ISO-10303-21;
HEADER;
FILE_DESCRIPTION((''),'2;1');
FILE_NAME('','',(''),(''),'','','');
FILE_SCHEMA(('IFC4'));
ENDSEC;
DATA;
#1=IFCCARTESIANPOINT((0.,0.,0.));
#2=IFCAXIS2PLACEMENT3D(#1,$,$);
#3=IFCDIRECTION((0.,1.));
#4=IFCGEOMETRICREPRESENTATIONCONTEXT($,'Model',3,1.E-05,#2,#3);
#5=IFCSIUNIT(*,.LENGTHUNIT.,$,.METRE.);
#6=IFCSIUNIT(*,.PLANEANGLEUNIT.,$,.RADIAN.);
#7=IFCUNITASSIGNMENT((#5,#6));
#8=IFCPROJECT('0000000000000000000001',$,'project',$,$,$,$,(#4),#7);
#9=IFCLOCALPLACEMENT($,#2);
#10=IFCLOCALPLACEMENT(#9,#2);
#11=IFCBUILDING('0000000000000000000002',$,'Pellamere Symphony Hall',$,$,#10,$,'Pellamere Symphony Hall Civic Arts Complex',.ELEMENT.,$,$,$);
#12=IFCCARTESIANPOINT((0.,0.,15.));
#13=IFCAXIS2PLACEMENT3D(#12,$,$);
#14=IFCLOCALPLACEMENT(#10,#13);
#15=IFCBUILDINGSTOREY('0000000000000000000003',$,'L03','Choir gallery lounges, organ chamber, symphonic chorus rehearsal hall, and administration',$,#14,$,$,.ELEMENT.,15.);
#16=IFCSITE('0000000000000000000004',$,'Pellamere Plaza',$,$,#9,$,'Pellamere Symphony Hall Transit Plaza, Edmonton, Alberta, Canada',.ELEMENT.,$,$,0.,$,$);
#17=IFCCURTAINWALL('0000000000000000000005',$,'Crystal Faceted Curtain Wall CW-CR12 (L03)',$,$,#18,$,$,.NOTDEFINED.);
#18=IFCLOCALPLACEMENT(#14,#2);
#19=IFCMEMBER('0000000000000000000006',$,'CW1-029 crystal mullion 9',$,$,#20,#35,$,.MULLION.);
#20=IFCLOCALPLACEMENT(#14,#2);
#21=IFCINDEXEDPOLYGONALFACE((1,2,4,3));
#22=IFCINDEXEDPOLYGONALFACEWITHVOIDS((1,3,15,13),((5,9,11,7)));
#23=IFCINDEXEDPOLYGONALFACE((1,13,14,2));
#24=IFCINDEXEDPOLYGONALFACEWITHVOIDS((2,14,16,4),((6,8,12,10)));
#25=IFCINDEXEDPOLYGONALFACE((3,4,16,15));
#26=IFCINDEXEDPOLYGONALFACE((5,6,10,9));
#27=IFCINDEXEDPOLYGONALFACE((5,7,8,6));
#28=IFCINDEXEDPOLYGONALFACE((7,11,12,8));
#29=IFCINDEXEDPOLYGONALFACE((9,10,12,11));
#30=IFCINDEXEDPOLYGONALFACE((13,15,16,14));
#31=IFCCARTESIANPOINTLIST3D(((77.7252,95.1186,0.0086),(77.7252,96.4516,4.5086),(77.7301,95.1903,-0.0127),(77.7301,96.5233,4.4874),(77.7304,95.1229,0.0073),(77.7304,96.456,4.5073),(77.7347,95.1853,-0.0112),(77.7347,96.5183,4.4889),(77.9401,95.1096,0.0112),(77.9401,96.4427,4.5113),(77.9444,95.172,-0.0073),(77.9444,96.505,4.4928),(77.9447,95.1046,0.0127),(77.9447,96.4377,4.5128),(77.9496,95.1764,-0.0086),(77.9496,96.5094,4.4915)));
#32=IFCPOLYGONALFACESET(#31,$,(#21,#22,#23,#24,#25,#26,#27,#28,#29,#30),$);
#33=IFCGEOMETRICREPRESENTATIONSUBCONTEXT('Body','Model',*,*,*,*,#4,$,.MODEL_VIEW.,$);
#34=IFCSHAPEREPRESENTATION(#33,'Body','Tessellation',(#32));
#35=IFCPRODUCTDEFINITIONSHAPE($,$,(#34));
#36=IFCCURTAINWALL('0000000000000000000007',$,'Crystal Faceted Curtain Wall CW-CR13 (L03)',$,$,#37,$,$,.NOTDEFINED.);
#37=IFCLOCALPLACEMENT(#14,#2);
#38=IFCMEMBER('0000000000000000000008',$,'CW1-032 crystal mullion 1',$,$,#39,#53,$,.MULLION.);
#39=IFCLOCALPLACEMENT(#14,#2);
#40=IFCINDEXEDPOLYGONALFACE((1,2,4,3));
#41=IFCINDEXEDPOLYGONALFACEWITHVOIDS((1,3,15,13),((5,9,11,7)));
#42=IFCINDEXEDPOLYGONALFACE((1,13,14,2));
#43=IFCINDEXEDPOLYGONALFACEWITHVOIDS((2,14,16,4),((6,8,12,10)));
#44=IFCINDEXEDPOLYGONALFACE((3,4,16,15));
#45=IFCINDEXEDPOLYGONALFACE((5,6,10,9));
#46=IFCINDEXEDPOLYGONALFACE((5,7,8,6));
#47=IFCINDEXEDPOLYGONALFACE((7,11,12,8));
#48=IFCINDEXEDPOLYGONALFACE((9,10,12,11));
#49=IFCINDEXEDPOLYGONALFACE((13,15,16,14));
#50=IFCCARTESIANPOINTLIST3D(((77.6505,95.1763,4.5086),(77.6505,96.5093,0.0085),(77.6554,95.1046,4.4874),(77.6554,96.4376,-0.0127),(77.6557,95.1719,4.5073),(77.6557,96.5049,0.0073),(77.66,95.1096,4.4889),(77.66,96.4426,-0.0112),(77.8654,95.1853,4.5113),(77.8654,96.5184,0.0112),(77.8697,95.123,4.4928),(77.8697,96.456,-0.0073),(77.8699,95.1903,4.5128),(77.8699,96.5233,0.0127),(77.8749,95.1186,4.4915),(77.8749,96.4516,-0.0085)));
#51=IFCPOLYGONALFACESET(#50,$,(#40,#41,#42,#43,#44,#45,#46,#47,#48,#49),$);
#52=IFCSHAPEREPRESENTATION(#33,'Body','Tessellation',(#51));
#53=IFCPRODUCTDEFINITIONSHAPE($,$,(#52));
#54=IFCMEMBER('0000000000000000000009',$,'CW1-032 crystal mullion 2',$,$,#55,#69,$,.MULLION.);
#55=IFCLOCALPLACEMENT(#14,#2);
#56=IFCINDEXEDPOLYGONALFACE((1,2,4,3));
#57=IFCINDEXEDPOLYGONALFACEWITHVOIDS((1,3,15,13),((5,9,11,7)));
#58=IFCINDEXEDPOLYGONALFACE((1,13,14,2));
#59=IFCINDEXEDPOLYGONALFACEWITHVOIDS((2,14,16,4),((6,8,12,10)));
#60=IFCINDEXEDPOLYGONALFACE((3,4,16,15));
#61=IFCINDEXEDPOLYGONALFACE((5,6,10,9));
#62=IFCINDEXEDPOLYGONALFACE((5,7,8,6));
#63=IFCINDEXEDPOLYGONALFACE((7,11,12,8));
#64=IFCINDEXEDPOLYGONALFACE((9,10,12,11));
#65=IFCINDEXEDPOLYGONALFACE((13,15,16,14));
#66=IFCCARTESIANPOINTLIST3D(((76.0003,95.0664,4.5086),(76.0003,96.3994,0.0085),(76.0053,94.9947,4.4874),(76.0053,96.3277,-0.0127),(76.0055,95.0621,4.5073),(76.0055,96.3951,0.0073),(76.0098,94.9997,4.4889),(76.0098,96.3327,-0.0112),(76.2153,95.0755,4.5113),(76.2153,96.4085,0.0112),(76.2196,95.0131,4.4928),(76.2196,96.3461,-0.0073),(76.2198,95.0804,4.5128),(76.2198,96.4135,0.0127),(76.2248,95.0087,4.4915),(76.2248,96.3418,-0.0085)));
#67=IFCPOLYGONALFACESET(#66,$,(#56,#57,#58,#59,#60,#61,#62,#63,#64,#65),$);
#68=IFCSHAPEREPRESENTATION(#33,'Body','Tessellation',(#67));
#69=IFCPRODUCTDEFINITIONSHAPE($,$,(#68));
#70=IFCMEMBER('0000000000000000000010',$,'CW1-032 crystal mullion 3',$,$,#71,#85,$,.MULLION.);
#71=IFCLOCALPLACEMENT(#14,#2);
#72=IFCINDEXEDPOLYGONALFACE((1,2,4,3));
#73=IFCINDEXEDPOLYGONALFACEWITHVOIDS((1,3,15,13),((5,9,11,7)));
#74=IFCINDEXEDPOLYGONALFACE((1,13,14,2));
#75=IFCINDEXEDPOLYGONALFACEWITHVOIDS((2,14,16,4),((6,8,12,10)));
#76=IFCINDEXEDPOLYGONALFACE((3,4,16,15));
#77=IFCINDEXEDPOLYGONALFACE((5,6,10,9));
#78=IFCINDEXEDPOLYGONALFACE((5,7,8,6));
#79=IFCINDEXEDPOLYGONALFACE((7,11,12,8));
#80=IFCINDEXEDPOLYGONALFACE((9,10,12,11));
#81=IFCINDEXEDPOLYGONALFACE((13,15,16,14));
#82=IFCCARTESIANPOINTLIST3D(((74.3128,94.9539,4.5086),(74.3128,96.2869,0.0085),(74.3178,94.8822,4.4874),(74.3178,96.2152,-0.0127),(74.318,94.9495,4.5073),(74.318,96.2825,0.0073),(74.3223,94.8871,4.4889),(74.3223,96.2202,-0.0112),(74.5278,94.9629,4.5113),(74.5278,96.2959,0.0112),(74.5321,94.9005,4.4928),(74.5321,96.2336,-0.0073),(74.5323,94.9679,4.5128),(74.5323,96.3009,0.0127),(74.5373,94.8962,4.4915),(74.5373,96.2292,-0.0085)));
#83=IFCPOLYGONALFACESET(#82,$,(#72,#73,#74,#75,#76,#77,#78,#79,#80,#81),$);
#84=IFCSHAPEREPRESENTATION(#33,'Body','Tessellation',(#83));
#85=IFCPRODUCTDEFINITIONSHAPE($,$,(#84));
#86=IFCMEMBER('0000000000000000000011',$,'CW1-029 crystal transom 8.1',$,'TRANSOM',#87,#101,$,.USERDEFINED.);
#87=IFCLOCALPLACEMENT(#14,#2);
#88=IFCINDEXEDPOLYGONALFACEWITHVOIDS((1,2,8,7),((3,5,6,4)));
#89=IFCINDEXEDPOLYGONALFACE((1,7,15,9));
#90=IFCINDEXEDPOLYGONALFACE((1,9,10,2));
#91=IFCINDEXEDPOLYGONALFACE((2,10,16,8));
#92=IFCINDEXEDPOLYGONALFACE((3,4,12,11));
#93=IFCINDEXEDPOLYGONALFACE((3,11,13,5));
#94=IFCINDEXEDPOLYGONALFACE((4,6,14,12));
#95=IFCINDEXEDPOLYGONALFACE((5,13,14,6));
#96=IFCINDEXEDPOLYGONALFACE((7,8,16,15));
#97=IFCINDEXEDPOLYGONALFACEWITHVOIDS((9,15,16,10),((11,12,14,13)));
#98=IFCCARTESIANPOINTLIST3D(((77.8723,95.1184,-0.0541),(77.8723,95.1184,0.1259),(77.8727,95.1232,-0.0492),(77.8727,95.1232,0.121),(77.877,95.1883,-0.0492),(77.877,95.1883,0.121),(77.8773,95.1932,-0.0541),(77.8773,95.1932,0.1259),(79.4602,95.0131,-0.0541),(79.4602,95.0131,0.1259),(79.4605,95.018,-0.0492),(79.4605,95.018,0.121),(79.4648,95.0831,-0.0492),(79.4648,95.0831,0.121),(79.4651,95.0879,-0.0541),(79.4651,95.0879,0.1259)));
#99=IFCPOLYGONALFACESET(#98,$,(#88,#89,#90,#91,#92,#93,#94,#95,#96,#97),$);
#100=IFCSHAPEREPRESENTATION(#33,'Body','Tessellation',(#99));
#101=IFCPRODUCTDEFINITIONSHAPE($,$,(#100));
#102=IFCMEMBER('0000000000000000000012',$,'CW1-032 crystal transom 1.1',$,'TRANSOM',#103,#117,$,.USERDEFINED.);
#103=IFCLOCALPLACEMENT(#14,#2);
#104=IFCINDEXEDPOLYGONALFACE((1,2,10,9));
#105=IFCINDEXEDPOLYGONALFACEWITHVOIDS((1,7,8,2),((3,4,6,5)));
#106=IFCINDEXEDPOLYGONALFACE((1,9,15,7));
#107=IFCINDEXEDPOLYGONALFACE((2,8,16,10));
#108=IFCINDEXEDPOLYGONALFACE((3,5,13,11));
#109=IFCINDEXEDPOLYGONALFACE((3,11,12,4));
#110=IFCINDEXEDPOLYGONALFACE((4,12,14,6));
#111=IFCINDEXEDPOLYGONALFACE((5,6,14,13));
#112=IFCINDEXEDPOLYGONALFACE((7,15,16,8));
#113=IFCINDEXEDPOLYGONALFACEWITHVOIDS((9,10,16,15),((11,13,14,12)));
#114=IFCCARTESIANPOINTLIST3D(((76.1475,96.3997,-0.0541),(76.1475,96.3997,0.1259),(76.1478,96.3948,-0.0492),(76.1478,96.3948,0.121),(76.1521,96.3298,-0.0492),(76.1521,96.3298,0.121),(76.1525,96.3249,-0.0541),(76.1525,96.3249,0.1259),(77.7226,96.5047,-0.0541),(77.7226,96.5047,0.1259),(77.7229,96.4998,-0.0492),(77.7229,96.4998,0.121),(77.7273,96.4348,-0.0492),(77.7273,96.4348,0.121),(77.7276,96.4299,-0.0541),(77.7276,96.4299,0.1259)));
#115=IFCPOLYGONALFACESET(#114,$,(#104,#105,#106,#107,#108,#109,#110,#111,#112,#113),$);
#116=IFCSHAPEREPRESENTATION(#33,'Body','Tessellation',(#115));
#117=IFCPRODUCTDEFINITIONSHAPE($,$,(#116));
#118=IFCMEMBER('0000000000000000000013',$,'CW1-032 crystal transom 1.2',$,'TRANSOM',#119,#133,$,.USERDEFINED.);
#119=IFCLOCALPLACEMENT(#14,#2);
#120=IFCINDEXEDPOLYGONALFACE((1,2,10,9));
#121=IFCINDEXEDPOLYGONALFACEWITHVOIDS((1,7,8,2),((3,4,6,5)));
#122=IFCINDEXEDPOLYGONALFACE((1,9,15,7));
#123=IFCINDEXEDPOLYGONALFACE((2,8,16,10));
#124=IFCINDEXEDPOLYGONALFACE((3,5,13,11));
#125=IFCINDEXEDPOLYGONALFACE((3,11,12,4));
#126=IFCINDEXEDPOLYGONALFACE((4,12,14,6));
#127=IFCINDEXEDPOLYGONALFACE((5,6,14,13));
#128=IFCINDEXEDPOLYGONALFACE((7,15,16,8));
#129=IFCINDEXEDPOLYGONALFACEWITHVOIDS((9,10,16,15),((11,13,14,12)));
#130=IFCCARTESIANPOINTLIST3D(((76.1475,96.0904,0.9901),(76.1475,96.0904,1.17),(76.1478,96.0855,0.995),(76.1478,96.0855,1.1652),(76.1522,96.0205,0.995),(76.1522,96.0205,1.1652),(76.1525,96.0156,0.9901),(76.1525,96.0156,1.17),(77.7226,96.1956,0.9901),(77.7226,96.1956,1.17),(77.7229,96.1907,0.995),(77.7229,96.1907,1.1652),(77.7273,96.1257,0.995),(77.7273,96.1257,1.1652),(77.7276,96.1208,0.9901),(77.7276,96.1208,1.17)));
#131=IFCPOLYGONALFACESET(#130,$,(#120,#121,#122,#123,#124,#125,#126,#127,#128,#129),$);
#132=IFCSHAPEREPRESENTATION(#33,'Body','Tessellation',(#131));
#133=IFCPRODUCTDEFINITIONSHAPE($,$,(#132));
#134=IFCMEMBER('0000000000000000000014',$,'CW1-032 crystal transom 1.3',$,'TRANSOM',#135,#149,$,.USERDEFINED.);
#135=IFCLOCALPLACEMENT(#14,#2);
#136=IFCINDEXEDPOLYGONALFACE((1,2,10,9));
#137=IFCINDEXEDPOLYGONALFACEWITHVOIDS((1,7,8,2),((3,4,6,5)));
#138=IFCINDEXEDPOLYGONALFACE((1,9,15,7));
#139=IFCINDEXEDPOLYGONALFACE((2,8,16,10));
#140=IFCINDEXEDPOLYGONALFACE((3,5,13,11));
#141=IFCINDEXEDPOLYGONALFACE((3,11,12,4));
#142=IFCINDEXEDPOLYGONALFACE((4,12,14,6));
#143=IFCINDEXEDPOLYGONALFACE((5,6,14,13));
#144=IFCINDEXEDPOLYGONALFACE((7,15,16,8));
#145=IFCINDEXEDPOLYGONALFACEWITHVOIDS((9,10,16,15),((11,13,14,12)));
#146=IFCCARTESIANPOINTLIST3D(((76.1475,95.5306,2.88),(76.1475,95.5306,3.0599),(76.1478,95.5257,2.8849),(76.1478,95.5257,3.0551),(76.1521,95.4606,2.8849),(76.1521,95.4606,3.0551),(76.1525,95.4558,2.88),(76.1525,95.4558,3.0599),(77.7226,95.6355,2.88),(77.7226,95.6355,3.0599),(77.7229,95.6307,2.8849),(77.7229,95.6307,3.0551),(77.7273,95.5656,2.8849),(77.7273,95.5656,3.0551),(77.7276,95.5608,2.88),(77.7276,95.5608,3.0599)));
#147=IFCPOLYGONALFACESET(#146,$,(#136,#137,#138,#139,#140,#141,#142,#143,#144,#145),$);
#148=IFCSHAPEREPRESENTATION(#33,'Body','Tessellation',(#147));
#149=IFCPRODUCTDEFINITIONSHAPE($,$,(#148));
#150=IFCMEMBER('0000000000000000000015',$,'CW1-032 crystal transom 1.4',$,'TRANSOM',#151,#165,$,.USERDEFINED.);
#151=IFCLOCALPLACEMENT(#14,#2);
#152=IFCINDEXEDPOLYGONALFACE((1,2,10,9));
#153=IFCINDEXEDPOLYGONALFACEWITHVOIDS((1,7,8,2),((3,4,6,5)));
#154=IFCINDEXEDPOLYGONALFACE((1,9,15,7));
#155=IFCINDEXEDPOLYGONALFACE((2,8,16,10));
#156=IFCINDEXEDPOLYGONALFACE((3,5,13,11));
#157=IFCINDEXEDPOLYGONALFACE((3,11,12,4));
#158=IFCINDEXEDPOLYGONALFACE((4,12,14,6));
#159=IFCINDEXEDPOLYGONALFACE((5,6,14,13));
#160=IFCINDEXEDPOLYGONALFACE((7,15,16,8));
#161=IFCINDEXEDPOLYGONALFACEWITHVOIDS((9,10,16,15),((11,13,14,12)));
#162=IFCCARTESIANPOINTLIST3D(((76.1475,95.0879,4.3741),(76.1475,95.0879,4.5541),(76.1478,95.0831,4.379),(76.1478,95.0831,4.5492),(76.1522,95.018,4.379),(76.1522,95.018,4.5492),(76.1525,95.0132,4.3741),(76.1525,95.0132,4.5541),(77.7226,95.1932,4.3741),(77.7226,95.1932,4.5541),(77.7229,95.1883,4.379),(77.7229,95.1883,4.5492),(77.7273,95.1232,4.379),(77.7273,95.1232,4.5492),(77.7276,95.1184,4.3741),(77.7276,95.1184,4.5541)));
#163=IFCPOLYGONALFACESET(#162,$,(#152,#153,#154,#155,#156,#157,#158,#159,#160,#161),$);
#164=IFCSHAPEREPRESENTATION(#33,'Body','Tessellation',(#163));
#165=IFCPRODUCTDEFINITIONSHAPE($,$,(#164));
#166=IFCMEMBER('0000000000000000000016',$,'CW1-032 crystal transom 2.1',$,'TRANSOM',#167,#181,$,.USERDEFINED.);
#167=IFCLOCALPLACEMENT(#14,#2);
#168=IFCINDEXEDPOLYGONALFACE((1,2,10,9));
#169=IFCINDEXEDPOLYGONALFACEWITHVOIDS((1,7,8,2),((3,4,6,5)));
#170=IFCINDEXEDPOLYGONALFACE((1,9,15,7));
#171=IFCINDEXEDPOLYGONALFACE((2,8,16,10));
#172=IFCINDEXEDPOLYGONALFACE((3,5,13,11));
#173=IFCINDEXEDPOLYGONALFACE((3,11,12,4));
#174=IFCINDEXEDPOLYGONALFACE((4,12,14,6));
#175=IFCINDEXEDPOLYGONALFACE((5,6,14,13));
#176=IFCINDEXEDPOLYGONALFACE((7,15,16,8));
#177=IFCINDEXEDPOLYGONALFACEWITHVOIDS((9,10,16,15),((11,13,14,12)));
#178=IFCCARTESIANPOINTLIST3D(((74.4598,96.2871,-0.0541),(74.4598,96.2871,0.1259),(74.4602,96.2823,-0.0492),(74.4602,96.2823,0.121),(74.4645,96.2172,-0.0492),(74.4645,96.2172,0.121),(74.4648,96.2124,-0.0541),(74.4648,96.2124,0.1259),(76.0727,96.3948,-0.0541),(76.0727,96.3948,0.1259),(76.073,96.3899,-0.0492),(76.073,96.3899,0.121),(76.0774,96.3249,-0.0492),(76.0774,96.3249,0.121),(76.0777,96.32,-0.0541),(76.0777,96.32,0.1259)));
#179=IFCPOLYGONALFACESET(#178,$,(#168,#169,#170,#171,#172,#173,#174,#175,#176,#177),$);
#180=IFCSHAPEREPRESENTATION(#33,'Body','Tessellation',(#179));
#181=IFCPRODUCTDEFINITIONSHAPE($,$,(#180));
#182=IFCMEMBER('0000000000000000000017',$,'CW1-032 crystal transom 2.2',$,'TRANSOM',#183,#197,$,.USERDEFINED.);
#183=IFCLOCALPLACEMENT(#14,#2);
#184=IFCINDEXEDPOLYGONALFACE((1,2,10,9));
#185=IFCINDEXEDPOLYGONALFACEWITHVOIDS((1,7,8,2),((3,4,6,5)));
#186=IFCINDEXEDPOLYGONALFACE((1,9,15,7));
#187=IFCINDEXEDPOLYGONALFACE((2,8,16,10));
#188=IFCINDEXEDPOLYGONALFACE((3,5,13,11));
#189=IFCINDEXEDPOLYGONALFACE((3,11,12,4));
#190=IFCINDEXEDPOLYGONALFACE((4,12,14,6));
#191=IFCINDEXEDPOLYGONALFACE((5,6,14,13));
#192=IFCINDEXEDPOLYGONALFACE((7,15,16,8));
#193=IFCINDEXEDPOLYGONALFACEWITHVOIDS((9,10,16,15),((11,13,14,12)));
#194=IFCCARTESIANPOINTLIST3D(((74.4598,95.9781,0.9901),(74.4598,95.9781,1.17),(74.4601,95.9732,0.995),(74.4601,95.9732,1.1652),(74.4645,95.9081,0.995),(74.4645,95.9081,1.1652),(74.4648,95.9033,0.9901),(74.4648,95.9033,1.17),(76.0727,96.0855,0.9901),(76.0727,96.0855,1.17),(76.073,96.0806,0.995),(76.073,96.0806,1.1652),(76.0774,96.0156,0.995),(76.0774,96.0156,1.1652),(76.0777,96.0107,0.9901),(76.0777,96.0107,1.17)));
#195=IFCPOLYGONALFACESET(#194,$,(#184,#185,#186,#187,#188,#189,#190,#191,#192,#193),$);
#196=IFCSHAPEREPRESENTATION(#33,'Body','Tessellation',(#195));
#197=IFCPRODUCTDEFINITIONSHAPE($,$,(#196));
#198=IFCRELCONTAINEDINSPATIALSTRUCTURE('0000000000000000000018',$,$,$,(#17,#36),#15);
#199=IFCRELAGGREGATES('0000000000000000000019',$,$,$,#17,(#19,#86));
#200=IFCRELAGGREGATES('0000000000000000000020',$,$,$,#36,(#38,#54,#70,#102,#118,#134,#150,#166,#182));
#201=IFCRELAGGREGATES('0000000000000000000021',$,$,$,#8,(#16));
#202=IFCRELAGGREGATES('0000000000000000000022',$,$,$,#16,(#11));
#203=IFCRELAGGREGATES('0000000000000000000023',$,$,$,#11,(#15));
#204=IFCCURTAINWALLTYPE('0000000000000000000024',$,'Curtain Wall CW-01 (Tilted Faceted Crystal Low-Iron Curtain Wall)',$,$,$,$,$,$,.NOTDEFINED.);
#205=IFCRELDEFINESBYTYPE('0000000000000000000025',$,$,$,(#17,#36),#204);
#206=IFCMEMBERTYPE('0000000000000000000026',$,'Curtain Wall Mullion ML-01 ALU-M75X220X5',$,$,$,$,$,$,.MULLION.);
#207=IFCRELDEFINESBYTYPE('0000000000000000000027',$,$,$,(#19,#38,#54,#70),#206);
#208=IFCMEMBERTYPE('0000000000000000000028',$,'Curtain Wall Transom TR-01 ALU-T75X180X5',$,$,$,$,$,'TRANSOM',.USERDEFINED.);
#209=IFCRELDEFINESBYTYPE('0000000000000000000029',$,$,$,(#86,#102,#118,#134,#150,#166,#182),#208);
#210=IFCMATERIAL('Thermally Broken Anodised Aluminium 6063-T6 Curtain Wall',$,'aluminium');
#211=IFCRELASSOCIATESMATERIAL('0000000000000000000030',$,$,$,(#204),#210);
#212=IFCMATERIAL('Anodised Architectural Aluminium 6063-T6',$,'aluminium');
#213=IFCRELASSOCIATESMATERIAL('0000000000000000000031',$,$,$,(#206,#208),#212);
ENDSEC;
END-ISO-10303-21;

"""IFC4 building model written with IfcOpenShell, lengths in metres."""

from ifc_helpers import new_model, si_unit, direction, frame, origin, origin_2d, place, context, subcontext, project, spatial, hollow_rectangle, extrude, material, material_profile, profile_set, type_object, element, aggregate, save


model = new_model("IFC4")

# Units and contexts
model_context = context("Model", 3, precision=1e-05, world=origin(), true_north=direction((0.0, 1.0)))
body_context = subcontext(model_context, "Body", "Model", "MODEL_VIEW")
ifc_project = project(units=[si_unit("LENGTHUNIT", "METRE"), si_unit("PLANEANGLEUNIT", "RADIAN")], contexts=[model_context])

# Site, building, storey
site_placement = place(None, origin())
site = spatial("IfcSite", under=ifc_project, at=site_placement, Name="Pellamere Plaza", LongName="Pellamere Symphony Hall Transit Plaza, Edmonton, Alberta, Canada", CompositionType="ELEMENT", RefElevation=0.0)
building_placement = place(site_placement, origin())
building = spatial("IfcBuilding", under=site, at=building_placement, Name="Pellamere Symphony Hall", LongName="Pellamere Symphony Hall Civic Arts Complex", CompositionType="ELEMENT")
storey_placement = place(building_placement, frame((0.0, 0.0, 15.0)))
storey = spatial("IfcBuildingStorey", under=building, at=storey_placement, Name="L03", Description="Choir gallery lounges, organ chamber, symphonic chorus rehearsal hall, and administration", CompositionType="ELEMENT", Elevation=15.0)

# Curtain wall, member
ifc_material_1 = material(Name="Thermally Broken Anodised Aluminium 6063-T6 Curtain Wall", Category="aluminium")
curtain_wall_type = type_object("IfcCurtainWallType", Name="Curtain Wall CW-01 (Tilted Faceted Crystal Low-Iron Curtain Wall)", PredefinedType="NOTDEFINED", material=ifc_material_1)
curtain_wall_1_placement = place(storey_placement, origin())
curtain_wall_1 = element("IfcCurtainWall", 1, at=curtain_wall_1_placement, inside=storey, type_object=curtain_wall_type, Name="Crystal Faceted Curtain Wall CW-CR12 (L03)", PredefinedType="NOTDEFINED")
ifc_material_2 = material(Name="Anodised Architectural Aluminium 6063-T6", Category="aluminium")
ifc_material_profile_1 = material_profile(ifc_material_2, hollow_rectangle(XDim=0.075, YDim=0.22, WallThickness=0.0049, at=origin_2d()), Name="ALU-M75X220X5")
ifc_profile_set_1 = profile_set([ifc_material_profile_1], Name="Anodised Architectural Aluminium 6063-T6")
member_type_1 = type_object("IfcMemberType", Name="Curtain Wall Mullion ML-01 ALU-M75X220X5", PredefinedType="MULLION", material=ifc_profile_set_1)
member_1_placement = place(storey_placement, frame((77.8374, 95.1475, 0.0), z_axis=(0.0, 0.284025, 0.958817), x_axis=(0.066032, 0.956724, -0.283405)))
member_1 = element("IfcMember", 2, at=member_1_placement, type_object=member_type_1, Name="CW1-029 crystal mullion 9", PredefinedType="MULLION", context=body_context, shape_type="SweptSolid", body=[
    extrude(hollow_rectangle(XDim=0.075, YDim=0.22, WallThickness=0.0049, at=origin_2d()), origin(), (0.0, 0.0, 1.0), 4.6934),
])

# Curtain wall, members
curtain_wall_2_placement = place(storey_placement, origin())
curtain_wall_2 = element("IfcCurtainWall", 3, at=curtain_wall_2_placement, inside=storey, type_object=curtain_wall_type, Name="Crystal Faceted Curtain Wall CW-CR13 (L03)", PredefinedType="NOTDEFINED")
member_2_placement = place(storey_placement, frame((77.7627, 96.4805, 0.0), z_axis=(0.0, -0.284025, 0.958817), x_axis=(0.066519, -0.956693, -0.283395)))
member_2 = element("IfcMember", 4, at=member_2_placement, type_object=member_type_1, Name="CW1-032 crystal mullion 1", PredefinedType="MULLION", context=body_context, shape_type="SweptSolid", body=[
    extrude(hollow_rectangle(XDim=0.075, YDim=0.22, WallThickness=0.0049, at=origin_2d()), origin(), (0.0, 0.0, 1.0), 4.6934),
])
member_3_placement = place(storey_placement, frame((76.1125, 96.3706, 0.0), z_axis=(0.0, -0.284025, 0.958817), x_axis=(0.066519, -0.956693, -0.283395)))
member_3 = element("IfcMember", 5, at=member_3_placement, type_object=member_type_1, Name="CW1-032 crystal mullion 2", PredefinedType="MULLION", context=body_context, shape_type="SweptSolid", body=[
    extrude(hollow_rectangle(XDim=0.075, YDim=0.22, WallThickness=0.0049, at=origin_2d()), origin(), (0.0, 0.0, 1.0), 4.6934),
])
member_4_placement = place(storey_placement, frame((74.425, 96.2581, 0.0), z_axis=(0.0, -0.284025, 0.958817), x_axis=(0.066519, -0.956693, -0.283395)))
member_4 = element("IfcMember", 6, at=member_4_placement, type_object=member_type_1, Name="CW1-032 crystal mullion 3", PredefinedType="MULLION", context=body_context, shape_type="SweptSolid", body=[
    extrude(hollow_rectangle(XDim=0.075, YDim=0.22, WallThickness=0.0049, at=origin_2d()), origin(), (0.0, 0.0, 1.0), 4.6934),
])

# Members
ifc_material_profile_2 = material_profile(ifc_material_2, hollow_rectangle(XDim=0.075, YDim=0.1799, WallThickness=0.0049, at=origin_2d()), Name="ALU-T75X180X5")
ifc_profile_set_2 = profile_set([ifc_material_profile_2], Name="Anodised Architectural Aluminium 6063-T6")
member_type_2 = type_object("IfcMemberType", Name="Curtain Wall Transom TR-01 ALU-T75X180X5", ElementType="TRANSOM", PredefinedType="USERDEFINED", material=ifc_profile_set_2)
member_5_placement = place(storey_placement, frame((79.4626, 95.0505, 0.0359), z_axis=(-0.997812, 0.066122, 0.0), x_axis=(-0.066122, -0.997812, 0.0)))
member_5 = element("IfcMember", 7, at=member_5_placement, type_object=member_type_2, Name="CW1-029 crystal transom 8.1", ObjectType="TRANSOM", PredefinedType="USERDEFINED", context=body_context, shape_type="SweptSolid", body=[
    extrude(hollow_rectangle(XDim=0.075, YDim=0.1799, WallThickness=0.0049, at=origin_2d()), origin(), (0.0, 0.0, 1.0), 1.5913),
])
aggregate(curtain_wall_1, [member_1, member_5])
member_6_placement = place(storey_placement, frame((77.7251, 96.4673, 0.0359), z_axis=(-0.997787, -0.066498, 0.0), x_axis=(0.066498, -0.997787, 0.0)))
member_6 = element("IfcMember", 8, at=member_6_placement, type_object=member_type_2, Name="CW1-032 crystal transom 1.1", ObjectType="TRANSOM", PredefinedType="USERDEFINED", context=body_context, shape_type="SweptSolid", body=[
    extrude(hollow_rectangle(XDim=0.075, YDim=0.1799, WallThickness=0.0049, at=origin_2d()), origin(), (0.0, 0.0, 1.0), 1.5786),
])
member_7_placement = place(storey_placement, frame((77.7251, 96.1582, 1.0801), z_axis=(-0.997776, -0.066652, 0.0), x_axis=(0.066652, -0.997776, 0.0)))
member_7 = element("IfcMember", 9, at=member_7_placement, type_object=member_type_2, Name="CW1-032 crystal transom 1.2", ObjectType="TRANSOM", PredefinedType="USERDEFINED", context=body_context, shape_type="SweptSolid", body=[
    extrude(hollow_rectangle(XDim=0.075, YDim=0.1799, WallThickness=0.0049, at=origin_2d()), origin(), (0.0, 0.0, 1.0), 1.5786),
])
member_8_placement = place(storey_placement, frame((77.7251, 95.5981, 2.97), z_axis=(-0.997787, -0.066498, 0.0), x_axis=(0.066498, -0.997787, 0.0)))
member_8 = element("IfcMember", 10, at=member_8_placement, type_object=member_type_2, Name="CW1-032 crystal transom 1.3", ObjectType="TRANSOM", PredefinedType="USERDEFINED", context=body_context, shape_type="SweptSolid", body=[
    extrude(hollow_rectangle(XDim=0.075, YDim=0.1799, WallThickness=0.0049, at=origin_2d()), origin(), (0.0, 0.0, 1.0), 1.5786),
])
member_9_placement = place(storey_placement, frame((77.7251, 95.1558, 4.4641), z_axis=(-0.997776, -0.066652, 0.0), x_axis=(0.066652, -0.997776, 0.0)))
member_9 = element("IfcMember", 11, at=member_9_placement, type_object=member_type_2, Name="CW1-032 crystal transom 1.4", ObjectType="TRANSOM", PredefinedType="USERDEFINED", context=body_context, shape_type="SweptSolid", body=[
    extrude(hollow_rectangle(XDim=0.075, YDim=0.1799, WallThickness=0.0049, at=origin_2d()), origin(), (0.0, 0.0, 1.0), 1.5786),
])
member_10_placement = place(storey_placement, frame((76.0752, 96.3574, 0.0359), z_axis=(-0.997779, -0.066609, 0.0), x_axis=(0.066609, -0.997779, 0.0)))
member_10 = element("IfcMember", 12, at=member_10_placement, type_object=member_type_2, Name="CW1-032 crystal transom 2.1", ObjectType="TRANSOM", PredefinedType="USERDEFINED", context=body_context, shape_type="SweptSolid", body=[
    extrude(hollow_rectangle(XDim=0.075, YDim=0.1799, WallThickness=0.0049, at=origin_2d()), origin(), (0.0, 0.0, 1.0), 1.6165),
])
member_11_placement = place(storey_placement, frame((76.0752, 96.0481, 1.0801), z_axis=(-0.997789, -0.066459, 0.0), x_axis=(0.066459, -0.997789, 0.0)))
member_11 = element("IfcMember", 13, at=member_11_placement, type_object=member_type_2, Name="CW1-032 crystal transom 2.2", ObjectType="TRANSOM", PredefinedType="USERDEFINED", context=body_context, shape_type="SweptSolid", body=[
    extrude(hollow_rectangle(XDim=0.075, YDim=0.1799, WallThickness=0.0049, at=origin_2d()), origin(), (0.0, 0.0, 1.0), 1.6165),
])

aggregate(curtain_wall_2, [member_2, member_3, member_4, member_6, member_7, member_8, member_9, member_10, member_11])

save(model, "model.ifc")
